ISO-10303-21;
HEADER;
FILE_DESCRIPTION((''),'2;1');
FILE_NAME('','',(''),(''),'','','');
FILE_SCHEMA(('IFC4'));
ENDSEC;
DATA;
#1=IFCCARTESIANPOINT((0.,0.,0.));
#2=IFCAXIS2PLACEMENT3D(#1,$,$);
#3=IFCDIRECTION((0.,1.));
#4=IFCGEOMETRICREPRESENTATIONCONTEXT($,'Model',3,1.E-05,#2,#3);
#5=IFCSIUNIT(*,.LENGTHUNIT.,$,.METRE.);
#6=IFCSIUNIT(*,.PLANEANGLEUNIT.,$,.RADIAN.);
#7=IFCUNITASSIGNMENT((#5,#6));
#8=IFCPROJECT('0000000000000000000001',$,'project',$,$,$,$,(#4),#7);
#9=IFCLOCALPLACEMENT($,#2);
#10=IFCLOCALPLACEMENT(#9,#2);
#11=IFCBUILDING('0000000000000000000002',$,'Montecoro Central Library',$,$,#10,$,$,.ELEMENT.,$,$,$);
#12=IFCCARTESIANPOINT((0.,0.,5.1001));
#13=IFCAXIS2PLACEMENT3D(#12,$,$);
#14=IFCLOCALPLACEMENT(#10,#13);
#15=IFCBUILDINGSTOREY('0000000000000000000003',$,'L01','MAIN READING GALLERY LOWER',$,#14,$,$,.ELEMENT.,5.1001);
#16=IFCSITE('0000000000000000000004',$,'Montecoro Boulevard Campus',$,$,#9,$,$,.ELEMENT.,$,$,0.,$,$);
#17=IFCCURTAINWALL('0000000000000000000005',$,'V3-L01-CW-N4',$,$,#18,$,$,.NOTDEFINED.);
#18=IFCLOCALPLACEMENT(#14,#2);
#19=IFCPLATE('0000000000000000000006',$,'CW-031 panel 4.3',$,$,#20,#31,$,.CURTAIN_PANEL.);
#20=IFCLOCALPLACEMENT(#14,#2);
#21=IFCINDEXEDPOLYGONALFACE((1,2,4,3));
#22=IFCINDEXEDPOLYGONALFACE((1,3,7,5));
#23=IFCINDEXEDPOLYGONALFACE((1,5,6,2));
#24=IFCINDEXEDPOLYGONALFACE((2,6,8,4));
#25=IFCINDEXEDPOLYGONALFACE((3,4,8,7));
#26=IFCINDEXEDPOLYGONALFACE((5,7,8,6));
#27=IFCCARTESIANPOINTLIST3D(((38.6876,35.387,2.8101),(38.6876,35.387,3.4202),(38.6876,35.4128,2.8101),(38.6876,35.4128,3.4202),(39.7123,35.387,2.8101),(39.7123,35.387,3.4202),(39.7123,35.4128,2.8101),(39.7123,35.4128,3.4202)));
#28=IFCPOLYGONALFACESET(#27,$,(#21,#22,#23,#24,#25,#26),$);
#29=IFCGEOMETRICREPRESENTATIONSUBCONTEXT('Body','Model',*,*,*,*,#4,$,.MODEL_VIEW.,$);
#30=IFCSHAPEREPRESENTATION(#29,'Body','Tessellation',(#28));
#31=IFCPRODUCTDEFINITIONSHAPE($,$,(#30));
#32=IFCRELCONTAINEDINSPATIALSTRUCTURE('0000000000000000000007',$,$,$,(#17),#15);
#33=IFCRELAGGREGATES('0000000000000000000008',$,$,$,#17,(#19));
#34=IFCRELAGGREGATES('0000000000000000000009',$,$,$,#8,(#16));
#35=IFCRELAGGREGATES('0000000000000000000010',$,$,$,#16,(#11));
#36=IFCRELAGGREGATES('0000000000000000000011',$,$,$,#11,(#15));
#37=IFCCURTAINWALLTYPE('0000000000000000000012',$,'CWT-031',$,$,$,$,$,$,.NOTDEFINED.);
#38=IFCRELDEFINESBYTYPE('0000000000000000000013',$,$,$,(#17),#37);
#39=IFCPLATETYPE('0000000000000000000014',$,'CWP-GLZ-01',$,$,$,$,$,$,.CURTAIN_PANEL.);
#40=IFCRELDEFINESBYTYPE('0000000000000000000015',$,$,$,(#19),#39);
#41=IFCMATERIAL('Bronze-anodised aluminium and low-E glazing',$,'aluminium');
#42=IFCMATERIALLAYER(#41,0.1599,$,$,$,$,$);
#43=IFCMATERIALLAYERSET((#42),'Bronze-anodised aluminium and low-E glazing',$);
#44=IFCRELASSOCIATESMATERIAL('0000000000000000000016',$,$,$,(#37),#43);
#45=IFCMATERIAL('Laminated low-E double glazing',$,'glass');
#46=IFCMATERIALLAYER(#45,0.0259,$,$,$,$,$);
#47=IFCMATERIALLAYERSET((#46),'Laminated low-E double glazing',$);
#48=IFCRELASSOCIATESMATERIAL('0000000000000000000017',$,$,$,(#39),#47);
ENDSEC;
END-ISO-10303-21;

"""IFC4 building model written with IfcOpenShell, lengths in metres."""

from ifc_helpers import new_model, si_unit, direction, frame, origin, origin_2d, place, context, subcontext, project, spatial, rectangle, extrude, material, layer, layer_set, type_object, element, aggregate, save


model = new_model("IFC4")

# Units and contexts
model_context = context("Model", 3, precision=1e-05, world=origin(), true_north=direction((0.0, 1.0)))
body_context = subcontext(model_context, "Body", "Model", "MODEL_VIEW")
ifc_project = project(units=[si_unit("LENGTHUNIT", "METRE"), si_unit("PLANEANGLEUNIT", "RADIAN")], contexts=[model_context])

# Site, building, storey
site_placement = place(None, origin())
site = spatial("IfcSite", under=ifc_project, at=site_placement, Name="Montecoro Boulevard Campus", CompositionType="ELEMENT", RefElevation=0.0)
building_placement = place(site_placement, origin())
building = spatial("IfcBuilding", under=site, at=building_placement, Name="Montecoro Central Library", CompositionType="ELEMENT")
storey_placement = place(building_placement, frame((0.0, 0.0, 5.1001)))
storey = spatial("IfcBuildingStorey", under=building, at=storey_placement, Name="L01", Description="MAIN READING GALLERY LOWER", CompositionType="ELEMENT", Elevation=5.1001)

# Curtain wall, plate
ifc_material_1 = material(Name="Bronze-anodised aluminium and low-E glazing", Category="aluminium")
ifc_layer_1 = layer(ifc_material_1, 0.1599)
ifc_layer_set_1 = layer_set([ifc_layer_1], Name="Bronze-anodised aluminium and low-E glazing")
curtain_wall_type = type_object("IfcCurtainWallType", Name="CWT-031", PredefinedType="NOTDEFINED", material=ifc_layer_set_1)
curtain_wall_placement = place(storey_placement, origin())
curtain_wall = element("IfcCurtainWall", 1, at=curtain_wall_placement, inside=storey, type_object=curtain_wall_type, Name="V3-L01-CW-N4", PredefinedType="NOTDEFINED")
ifc_material_2 = material(Name="Laminated low-E double glazing", Category="glass")
ifc_layer_2 = layer(ifc_material_2, 0.0259)
ifc_layer_set_2 = layer_set([ifc_layer_2], Name="Laminated low-E double glazing")
plate_type = type_object("IfcPlateType", Name="CWP-GLZ-01", PredefinedType="CURTAIN_PANEL", material=ifc_layer_set_2)
plate_1_placement = place(storey_placement, frame((39.2, 35.3999, 2.8101), z_axis=(0.0, 0.0, 1.0), x_axis=(-1.0, 0.0, 0.0)))
plate_1 = element("IfcPlate", 2, at=plate_1_placement, type_object=plate_type, Name="CW-031 panel 4.3", PredefinedType="CURTAIN_PANEL", context=body_context, shape_type="SweptSolid", body=[
    extrude(rectangle(XDim=1.0247, YDim=0.0259, at=origin_2d()), origin(), (0.0, 0.0, 1.0), 0.6101),
])
aggregate(curtain_wall, [plate_1])

save(model, "model.ifc")
